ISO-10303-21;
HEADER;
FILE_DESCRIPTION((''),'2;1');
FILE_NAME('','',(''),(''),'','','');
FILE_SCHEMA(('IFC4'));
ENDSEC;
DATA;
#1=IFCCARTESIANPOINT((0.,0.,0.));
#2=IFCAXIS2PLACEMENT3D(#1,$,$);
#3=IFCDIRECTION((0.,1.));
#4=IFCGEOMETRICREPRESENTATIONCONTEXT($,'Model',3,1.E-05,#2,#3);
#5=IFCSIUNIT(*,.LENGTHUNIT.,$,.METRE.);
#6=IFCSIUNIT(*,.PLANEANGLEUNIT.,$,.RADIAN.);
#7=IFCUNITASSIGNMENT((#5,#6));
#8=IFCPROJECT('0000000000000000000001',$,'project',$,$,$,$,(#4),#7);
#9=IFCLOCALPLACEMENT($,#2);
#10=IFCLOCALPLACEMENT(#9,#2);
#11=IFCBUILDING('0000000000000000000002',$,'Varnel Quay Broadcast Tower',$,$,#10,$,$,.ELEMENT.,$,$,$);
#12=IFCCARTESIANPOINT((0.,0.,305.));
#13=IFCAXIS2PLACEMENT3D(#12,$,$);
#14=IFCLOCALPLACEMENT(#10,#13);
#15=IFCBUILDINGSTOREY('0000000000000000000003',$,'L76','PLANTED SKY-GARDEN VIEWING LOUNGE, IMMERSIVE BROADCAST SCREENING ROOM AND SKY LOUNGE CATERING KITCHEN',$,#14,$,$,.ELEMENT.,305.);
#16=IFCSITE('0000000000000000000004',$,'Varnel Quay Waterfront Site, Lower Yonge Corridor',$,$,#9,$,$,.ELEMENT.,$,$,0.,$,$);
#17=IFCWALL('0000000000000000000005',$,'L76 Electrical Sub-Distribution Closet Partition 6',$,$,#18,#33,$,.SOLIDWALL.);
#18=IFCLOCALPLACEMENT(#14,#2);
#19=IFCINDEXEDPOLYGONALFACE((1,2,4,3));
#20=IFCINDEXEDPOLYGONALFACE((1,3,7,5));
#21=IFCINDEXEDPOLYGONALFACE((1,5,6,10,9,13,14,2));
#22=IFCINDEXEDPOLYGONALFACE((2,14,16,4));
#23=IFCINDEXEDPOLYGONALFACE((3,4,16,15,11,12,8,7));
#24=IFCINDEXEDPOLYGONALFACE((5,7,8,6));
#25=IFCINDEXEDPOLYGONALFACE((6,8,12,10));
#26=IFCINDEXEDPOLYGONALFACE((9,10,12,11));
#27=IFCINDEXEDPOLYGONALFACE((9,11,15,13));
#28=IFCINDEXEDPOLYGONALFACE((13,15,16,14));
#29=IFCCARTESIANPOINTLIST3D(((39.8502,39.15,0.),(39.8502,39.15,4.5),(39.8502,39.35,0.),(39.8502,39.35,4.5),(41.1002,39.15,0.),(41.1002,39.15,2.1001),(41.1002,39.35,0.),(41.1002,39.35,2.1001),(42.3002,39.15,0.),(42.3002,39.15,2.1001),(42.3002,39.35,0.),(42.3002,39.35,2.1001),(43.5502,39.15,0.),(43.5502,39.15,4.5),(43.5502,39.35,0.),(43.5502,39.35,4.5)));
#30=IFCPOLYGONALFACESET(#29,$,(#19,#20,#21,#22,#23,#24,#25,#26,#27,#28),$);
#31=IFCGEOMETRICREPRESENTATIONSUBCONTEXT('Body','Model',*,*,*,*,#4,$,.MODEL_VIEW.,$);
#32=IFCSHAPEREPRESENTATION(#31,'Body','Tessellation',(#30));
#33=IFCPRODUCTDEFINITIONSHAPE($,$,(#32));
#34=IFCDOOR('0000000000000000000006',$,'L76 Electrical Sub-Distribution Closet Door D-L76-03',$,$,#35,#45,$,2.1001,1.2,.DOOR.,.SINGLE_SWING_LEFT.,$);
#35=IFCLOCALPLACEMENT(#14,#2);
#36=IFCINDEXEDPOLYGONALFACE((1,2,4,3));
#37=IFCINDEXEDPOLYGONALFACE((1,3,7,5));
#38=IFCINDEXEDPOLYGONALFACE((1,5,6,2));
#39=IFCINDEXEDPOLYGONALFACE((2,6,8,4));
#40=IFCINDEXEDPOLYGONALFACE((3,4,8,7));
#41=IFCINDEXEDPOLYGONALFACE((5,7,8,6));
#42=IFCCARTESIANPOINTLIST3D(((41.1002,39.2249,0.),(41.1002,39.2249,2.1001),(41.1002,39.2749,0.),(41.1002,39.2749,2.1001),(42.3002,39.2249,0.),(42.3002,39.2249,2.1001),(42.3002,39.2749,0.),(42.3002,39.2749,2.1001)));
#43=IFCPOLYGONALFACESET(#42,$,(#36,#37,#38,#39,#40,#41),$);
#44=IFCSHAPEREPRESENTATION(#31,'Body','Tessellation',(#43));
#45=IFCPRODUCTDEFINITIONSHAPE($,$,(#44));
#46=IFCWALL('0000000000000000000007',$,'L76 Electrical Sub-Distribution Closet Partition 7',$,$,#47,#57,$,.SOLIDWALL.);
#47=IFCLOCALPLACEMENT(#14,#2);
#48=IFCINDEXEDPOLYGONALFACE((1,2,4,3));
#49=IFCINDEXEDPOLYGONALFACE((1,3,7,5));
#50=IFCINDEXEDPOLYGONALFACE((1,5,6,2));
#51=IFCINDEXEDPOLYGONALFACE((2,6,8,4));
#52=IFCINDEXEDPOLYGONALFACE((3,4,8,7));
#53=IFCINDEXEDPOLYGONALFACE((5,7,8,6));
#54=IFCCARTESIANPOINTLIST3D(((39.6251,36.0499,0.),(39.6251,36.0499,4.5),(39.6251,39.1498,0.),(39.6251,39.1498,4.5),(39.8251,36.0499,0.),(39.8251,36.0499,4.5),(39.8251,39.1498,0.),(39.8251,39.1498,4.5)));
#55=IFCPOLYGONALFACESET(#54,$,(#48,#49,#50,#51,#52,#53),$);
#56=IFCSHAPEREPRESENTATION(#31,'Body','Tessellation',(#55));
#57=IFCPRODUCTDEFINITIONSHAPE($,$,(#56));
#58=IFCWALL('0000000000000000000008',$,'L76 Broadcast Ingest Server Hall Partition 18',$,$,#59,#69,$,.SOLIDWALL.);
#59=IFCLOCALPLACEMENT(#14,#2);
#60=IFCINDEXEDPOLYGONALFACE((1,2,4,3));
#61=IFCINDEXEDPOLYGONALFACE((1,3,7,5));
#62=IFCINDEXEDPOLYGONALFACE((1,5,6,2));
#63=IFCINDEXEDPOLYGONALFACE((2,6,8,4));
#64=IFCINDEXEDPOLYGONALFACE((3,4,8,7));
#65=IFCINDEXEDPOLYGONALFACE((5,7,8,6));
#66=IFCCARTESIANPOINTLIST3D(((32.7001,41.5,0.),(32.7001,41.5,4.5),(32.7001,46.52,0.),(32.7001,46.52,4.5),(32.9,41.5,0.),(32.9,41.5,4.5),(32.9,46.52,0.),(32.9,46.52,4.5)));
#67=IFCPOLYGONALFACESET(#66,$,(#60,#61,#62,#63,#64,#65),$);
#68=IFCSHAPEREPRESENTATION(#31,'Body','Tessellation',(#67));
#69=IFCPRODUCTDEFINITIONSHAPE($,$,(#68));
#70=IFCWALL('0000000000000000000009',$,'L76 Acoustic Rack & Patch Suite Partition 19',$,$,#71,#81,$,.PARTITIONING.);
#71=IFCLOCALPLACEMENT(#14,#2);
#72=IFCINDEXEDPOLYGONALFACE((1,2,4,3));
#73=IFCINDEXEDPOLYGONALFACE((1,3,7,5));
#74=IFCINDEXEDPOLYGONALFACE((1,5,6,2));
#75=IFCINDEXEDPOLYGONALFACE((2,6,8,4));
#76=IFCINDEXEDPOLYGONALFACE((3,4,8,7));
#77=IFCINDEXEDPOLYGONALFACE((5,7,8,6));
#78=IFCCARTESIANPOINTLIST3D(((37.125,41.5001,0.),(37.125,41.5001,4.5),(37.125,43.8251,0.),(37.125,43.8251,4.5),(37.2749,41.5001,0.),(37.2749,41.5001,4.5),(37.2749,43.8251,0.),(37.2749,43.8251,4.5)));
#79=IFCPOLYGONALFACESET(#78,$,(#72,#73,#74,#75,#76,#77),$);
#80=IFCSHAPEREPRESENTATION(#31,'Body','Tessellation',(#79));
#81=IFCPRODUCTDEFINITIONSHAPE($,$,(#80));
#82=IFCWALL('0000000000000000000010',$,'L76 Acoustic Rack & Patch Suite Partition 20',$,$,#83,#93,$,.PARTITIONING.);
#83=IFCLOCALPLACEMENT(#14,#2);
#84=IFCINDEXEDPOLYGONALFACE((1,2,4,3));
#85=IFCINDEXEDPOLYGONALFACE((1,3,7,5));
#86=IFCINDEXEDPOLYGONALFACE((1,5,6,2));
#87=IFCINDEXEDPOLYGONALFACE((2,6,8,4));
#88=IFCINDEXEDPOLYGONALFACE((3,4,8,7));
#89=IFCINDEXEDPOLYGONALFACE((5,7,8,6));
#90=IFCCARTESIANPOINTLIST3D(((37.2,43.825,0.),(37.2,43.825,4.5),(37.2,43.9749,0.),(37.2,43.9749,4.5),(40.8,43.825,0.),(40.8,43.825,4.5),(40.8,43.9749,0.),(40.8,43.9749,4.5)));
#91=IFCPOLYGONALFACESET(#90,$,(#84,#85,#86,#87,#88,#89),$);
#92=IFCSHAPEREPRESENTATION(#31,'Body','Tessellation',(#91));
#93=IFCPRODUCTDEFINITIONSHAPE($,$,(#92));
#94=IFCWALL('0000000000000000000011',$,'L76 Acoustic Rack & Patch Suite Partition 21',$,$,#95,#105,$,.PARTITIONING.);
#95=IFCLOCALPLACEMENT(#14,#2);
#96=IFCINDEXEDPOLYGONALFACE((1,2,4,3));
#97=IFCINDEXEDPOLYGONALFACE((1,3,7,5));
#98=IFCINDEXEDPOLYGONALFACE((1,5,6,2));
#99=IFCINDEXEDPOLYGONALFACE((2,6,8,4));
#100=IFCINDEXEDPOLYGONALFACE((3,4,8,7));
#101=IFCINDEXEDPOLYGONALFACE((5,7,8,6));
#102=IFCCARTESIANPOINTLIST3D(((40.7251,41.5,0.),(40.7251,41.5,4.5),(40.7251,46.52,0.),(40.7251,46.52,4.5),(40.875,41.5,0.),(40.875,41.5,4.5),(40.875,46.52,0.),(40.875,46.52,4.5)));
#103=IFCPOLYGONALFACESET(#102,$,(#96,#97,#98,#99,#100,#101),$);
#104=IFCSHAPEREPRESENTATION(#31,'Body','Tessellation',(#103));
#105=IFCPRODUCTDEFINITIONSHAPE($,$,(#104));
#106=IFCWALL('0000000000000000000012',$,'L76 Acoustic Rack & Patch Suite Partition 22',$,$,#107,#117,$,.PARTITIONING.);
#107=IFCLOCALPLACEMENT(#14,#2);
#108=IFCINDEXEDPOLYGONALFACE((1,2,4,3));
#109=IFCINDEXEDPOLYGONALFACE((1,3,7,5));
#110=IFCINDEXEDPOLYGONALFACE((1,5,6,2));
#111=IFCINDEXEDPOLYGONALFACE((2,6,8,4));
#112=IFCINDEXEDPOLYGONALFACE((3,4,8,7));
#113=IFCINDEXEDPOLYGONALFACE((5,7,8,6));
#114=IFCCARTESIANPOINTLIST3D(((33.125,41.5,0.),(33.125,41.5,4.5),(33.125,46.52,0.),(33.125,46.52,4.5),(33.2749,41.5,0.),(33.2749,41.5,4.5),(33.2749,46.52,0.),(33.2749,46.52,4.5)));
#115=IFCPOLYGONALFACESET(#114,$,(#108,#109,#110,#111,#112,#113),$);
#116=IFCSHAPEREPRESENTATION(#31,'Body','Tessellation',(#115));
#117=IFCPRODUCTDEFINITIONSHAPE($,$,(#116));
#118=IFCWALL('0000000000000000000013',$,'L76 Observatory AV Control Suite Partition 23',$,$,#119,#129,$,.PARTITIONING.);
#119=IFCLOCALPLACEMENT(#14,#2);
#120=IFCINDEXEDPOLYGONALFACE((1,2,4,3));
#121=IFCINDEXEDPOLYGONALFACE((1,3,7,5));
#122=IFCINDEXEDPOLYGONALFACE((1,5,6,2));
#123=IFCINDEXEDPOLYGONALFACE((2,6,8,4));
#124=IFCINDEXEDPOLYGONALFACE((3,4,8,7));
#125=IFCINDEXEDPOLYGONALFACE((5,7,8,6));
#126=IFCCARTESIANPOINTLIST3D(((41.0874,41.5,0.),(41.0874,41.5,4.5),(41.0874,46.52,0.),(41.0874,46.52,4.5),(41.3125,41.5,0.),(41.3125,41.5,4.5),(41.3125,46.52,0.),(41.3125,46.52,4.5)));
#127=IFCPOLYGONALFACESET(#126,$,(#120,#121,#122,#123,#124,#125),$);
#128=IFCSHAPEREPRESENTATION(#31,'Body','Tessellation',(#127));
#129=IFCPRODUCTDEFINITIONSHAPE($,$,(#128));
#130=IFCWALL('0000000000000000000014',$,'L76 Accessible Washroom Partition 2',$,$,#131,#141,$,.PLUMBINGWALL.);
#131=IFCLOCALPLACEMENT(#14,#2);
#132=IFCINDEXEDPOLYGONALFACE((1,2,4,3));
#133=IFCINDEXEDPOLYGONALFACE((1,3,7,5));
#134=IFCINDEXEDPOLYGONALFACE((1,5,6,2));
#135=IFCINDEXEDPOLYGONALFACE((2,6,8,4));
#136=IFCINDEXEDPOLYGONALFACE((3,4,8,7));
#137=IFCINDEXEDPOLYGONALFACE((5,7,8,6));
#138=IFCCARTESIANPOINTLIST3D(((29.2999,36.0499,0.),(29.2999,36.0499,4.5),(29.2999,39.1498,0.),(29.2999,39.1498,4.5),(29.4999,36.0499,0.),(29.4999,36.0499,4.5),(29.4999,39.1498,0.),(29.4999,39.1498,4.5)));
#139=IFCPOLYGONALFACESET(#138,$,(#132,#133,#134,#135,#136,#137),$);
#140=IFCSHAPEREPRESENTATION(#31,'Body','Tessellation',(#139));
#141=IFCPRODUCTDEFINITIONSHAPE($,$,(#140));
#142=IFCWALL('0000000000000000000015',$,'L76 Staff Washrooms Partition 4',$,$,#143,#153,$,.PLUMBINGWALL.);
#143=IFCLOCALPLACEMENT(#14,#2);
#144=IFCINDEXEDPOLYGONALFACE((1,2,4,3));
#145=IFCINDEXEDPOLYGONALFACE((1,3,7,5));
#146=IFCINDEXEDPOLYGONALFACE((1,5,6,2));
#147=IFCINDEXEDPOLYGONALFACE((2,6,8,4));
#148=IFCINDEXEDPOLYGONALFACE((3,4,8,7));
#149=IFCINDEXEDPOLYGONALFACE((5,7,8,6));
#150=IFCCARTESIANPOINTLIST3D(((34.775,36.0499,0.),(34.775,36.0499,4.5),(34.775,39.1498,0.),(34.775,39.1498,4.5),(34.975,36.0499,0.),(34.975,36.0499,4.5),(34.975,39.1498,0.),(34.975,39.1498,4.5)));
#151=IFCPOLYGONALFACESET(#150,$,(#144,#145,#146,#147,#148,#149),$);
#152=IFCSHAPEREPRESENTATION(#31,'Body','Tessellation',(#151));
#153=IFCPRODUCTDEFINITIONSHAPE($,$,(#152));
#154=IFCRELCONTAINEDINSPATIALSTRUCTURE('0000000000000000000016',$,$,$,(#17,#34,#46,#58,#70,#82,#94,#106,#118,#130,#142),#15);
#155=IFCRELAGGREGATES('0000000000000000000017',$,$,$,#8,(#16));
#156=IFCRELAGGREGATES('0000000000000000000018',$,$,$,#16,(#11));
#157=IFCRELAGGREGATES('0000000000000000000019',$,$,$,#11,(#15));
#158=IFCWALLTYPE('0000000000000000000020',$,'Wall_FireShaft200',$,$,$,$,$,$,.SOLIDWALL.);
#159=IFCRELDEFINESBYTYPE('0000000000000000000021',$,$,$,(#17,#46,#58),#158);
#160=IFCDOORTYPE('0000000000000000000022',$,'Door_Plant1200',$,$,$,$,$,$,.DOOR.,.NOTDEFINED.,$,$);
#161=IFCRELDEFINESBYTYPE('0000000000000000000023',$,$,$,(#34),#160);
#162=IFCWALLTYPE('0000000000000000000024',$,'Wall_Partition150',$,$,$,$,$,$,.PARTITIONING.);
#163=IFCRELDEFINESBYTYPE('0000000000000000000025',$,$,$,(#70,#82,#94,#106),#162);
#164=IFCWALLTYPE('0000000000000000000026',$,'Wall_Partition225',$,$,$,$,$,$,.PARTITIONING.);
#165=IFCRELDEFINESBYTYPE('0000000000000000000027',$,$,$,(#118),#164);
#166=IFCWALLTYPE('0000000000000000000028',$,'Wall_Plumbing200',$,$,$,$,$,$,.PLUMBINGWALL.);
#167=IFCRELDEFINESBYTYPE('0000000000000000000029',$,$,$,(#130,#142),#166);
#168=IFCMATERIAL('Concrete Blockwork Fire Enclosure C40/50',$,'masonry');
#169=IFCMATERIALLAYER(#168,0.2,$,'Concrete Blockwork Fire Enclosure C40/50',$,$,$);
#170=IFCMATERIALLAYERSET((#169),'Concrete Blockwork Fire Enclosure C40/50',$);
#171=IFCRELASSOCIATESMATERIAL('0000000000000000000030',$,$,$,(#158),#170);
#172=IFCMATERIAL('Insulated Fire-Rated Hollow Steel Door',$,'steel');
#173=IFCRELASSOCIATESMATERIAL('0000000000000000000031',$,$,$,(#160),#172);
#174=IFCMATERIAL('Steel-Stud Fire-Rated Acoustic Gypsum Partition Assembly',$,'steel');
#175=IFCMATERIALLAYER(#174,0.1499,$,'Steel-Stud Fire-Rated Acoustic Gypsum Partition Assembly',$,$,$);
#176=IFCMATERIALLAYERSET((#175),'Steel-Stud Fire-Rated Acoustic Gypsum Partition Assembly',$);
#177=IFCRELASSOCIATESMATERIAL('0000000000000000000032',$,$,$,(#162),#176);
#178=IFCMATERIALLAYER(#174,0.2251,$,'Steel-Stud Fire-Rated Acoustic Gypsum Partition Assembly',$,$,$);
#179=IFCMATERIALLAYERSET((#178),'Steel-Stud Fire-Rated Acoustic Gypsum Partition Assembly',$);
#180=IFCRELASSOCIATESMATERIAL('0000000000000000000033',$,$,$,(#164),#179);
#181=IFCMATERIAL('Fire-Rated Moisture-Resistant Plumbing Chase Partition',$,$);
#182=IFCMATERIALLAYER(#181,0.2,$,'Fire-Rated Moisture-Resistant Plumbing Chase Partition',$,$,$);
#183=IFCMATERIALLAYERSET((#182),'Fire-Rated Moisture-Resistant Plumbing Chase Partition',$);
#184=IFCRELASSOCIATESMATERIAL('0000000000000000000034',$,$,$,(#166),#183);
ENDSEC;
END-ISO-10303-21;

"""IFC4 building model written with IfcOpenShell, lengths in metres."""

from ifc_helpers import new_model, si_unit, direction, frame, frame_2d, origin, place, context, subcontext, project, spatial, rectangle, extrude, source, transform, mapped, material, layer, layer_set, type_object, type_shapes, element, fill, save


model = new_model("IFC4")

# Units and contexts
model_context = context("Model", 3, precision=1e-05, world=origin(), true_north=direction((0.0, 1.0)))
body_context = subcontext(model_context, "Body", "Model", "MODEL_VIEW")
ifc_project = project(units=[si_unit("LENGTHUNIT", "METRE"), si_unit("PLANEANGLEUNIT", "RADIAN")], contexts=[model_context])

# Site, building, storey
site_placement = place(None, origin())
site = spatial("IfcSite", under=ifc_project, at=site_placement, Name="Varnel Quay Waterfront Site, Lower Yonge Corridor", CompositionType="ELEMENT", RefElevation=0.0)
building_placement = place(site_placement, origin())
building = spatial("IfcBuilding", under=site, at=building_placement, Name="Varnel Quay Broadcast Tower", CompositionType="ELEMENT")
storey_placement = place(building_placement, frame((0.0, 0.0, 305.0)))
storey = spatial("IfcBuildingStorey", under=building, at=storey_placement, Name="L76", Description="PLANTED SKY-GARDEN VIEWING LOUNGE, IMMERSIVE BROADCAST SCREENING ROOM AND SKY LOUNGE CATERING KITCHEN", CompositionType="ELEMENT", Elevation=305.0)

# Wall, opening, door
ifc_material_1 = material(Name="Concrete Blockwork Fire Enclosure C40/50", Category="masonry")
ifc_layer_1 = layer(ifc_material_1, 0.2, Name="Concrete Blockwork Fire Enclosure C40/50")
ifc_layer_set_1 = layer_set([ifc_layer_1], Name="Concrete Blockwork Fire Enclosure C40/50")
wall_type_1 = type_object("IfcWallType", Name="Wall_FireShaft200", PredefinedType="SOLIDWALL", material=ifc_layer_set_1)
wall_1_placement = place(storey_placement, frame((39.8501, 39.25, 0.0), z_axis=(0.0, 0.0, 1.0), x_axis=(1.0, 0.0, 0.0)))
wall_1 = element("IfcWall", 1, at=wall_1_placement, inside=storey, type_object=wall_type_1, Name="L76 Electrical Sub-Distribution Closet Partition 6", PredefinedType="SOLIDWALL", context=body_context, shape_type="SweptSolid", body=[
    extrude(rectangle(XDim=3.7, YDim=0.2, at=frame_2d((1.8501, 0.0))), origin(), (0.0, 0.0, 1.0), 4.5),
])
opening_1_placement = place(wall_1_placement, frame((1.25, 0.0, 0.0)))
opening_1 = element("IfcOpeningElement", 2, at=opening_1_placement, cuts=wall_1, PredefinedType="OPENING", context=body_context, shape_type="SweptSolid", body=[
    extrude(rectangle(XDim=1.2, YDim=2.1001, at=frame_2d((0.6001, 1.05))), frame((0.0, 0.1099, 0.0), z_axis=(0.0, -1.0, 0.0), x_axis=(1.0, 0.0, 0.0)), (0.0, 0.0, 1.0), 0.22),
])
ifc_material_2 = material(Name="Insulated Fire-Rated Hollow Steel Door", Category="steel")
door_type_1 = type_object("IfcDoorType", Name="Door_Plant1200", OperationType="NOTDEFINED", PredefinedType="DOOR", material=ifc_material_2)
shared_shape_1 = source(origin(), body_context, "Body", "SweptSolid", [
    extrude(rectangle(XDim=1.2, YDim=2.1001, at=frame_2d((0.6001, 1.05))), frame((0.0, 0.0249, 0.0), z_axis=(0.0, -1.0, 0.0), x_axis=(1.0, 0.0, 0.0)), (0.0, 0.0, 1.0), 0.05),
])
type_shapes(door_type_1, [shared_shape_1])
door_1_placement = place(opening_1_placement, origin())
door_1 = element("IfcDoor", 3, at=door_1_placement, inside=storey, type_object=door_type_1, Name="L76 Electrical Sub-Distribution Closet Door D-L76-03", OperationType="SINGLE_SWING_LEFT", OverallHeight=2.1001, OverallWidth=1.2, PredefinedType="DOOR", context=body_context, shape_type="MappedRepresentation", body=[
    mapped(shared_shape_1, transform((0.0, 0.0, 0.0), x_axis=(1.0, 0.0, 0.0), y_axis=(0.0, 1.0, 0.0), z_axis=(0.0, 0.0, 1.0), scale=1.0)),
])
fill(opening_1, door_1)

# Walls
wall_2_placement = place(storey_placement, frame((39.7251, 36.05, 0.0), z_axis=(0.0, 0.0, 1.0), x_axis=(0.0, 1.0, 0.0)))
element("IfcWall", 4, at=wall_2_placement, inside=storey, type_object=wall_type_1, Name="L76 Electrical Sub-Distribution Closet Partition 7", PredefinedType="SOLIDWALL", context=body_context, shape_type="SweptSolid", body=[
    extrude(rectangle(XDim=3.0999, YDim=0.2, at=frame_2d((1.5498, 0.0))), origin(), (0.0, 0.0, 1.0), 4.5),
])
wall_3_placement = place(storey_placement, frame((32.8, 41.5, 0.0), z_axis=(0.0, 0.0, 1.0), x_axis=(0.0, 1.0, 0.0)))
element("IfcWall", 5, at=wall_3_placement, inside=storey, type_object=wall_type_1, Name="L76 Broadcast Ingest Server Hall Partition 18", PredefinedType="SOLIDWALL", context=body_context, shape_type="SweptSolid", body=[
    extrude(rectangle(XDim=5.02, YDim=0.2, at=frame_2d((2.51, 0.0))), origin(), (0.0, 0.0, 1.0), 4.5),
])
ifc_material_3 = material(Name="Steel-Stud Fire-Rated Acoustic Gypsum Partition Assembly", Category="steel")
ifc_layer_2 = layer(ifc_material_3, 0.1499, Name="Steel-Stud Fire-Rated Acoustic Gypsum Partition Assembly")
ifc_layer_set_2 = layer_set([ifc_layer_2], Name="Steel-Stud Fire-Rated Acoustic Gypsum Partition Assembly")
wall_type_2 = type_object("IfcWallType", Name="Wall_Partition150", PredefinedType="PARTITIONING", material=ifc_layer_set_2)
wall_4_placement = place(storey_placement, frame((37.2, 41.5, 0.0), z_axis=(0.0, 0.0, 1.0), x_axis=(0.0, 1.0, 0.0)))
element("IfcWall", 6, at=wall_4_placement, inside=storey, type_object=wall_type_2, Name="L76 Acoustic Rack & Patch Suite Partition 19", PredefinedType="PARTITIONING", context=body_context, shape_type="SweptSolid", body=[
    extrude(rectangle(XDim=2.325, YDim=0.1499, at=frame_2d((1.1626, 0.0))), origin(), (0.0, 0.0, 1.0), 4.5),
])
wall_5_placement = place(storey_placement, frame((37.2, 43.8999, 0.0), z_axis=(0.0, 0.0, 1.0), x_axis=(1.0, 0.0, 0.0)))
element("IfcWall", 7, at=wall_5_placement, inside=storey, type_object=wall_type_2, Name="L76 Acoustic Rack & Patch Suite Partition 20", PredefinedType="PARTITIONING", context=body_context, shape_type="SweptSolid", body=[
    extrude(rectangle(XDim=3.6001, YDim=0.1499, at=frame_2d((1.8, 0.0))), origin(), (0.0, 0.0, 1.0), 4.5),
])
for number, where, z_axis, x_axis, name in (
    (8, (40.8, 41.5, 0.0), (0.0, 0.0, 1.0), (0.0, 1.0, 0.0), "L76 Acoustic Rack & Patch Suite Partition 21"),
    (9, (33.2, 41.5, 0.0), (0.0, 0.0, 1.0), (0.0, 1.0, 0.0), "L76 Acoustic Rack & Patch Suite Partition 22"),
):
    element("IfcWall", number, at=place(storey_placement, frame(where, z_axis=z_axis, x_axis=x_axis)), inside=storey, type_object=wall_type_2, Name=name, PredefinedType="PARTITIONING", context=body_context, shape_type="SweptSolid", body=[
        extrude(rectangle(XDim=5.02, YDim=0.1499, at=frame_2d((2.51, 0.0))), origin(), (0.0, 0.0, 1.0), 4.5),
    ])
ifc_layer_3 = layer(ifc_material_3, 0.2251, Name="Steel-Stud Fire-Rated Acoustic Gypsum Partition Assembly")
ifc_layer_set_3 = layer_set([ifc_layer_3], Name="Steel-Stud Fire-Rated Acoustic Gypsum Partition Assembly")
wall_type_3 = type_object("IfcWallType", Name="Wall_Partition225", PredefinedType="PARTITIONING", material=ifc_layer_set_3)
wall_6_placement = place(storey_placement, frame((41.2, 41.5, 0.0), z_axis=(0.0, 0.0, 1.0), x_axis=(0.0, 1.0, 0.0)))
element("IfcWall", 10, at=wall_6_placement, inside=storey, type_object=wall_type_3, Name="L76 Observatory AV Control Suite Partition 23", PredefinedType="PARTITIONING", context=body_context, shape_type="SweptSolid", body=[
    extrude(rectangle(XDim=5.02, YDim=0.2251, at=frame_2d((2.51, 0.0))), origin(), (0.0, 0.0, 1.0), 4.5),
])
ifc_material_4 = material(Name="Fire-Rated Moisture-Resistant Plumbing Chase Partition")
ifc_layer_4 = layer(ifc_material_4, 0.2, Name="Fire-Rated Moisture-Resistant Plumbing Chase Partition")
ifc_layer_set_4 = layer_set([ifc_layer_4], Name="Fire-Rated Moisture-Resistant Plumbing Chase Partition")
wall_type_4 = type_object("IfcWallType", Name="Wall_Plumbing200", PredefinedType="PLUMBINGWALL", material=ifc_layer_set_4)
for number, where, z_axis, x_axis, name in (
    (11, (29.3999, 36.05, 0.0), (0.0, 0.0, 1.0), (0.0, 1.0, 0.0), "L76 Accessible Washroom Partition 2"),
    (12, (34.875, 36.05, 0.0), (0.0, 0.0, 1.0), (0.0, 1.0, 0.0), "L76 Staff Washrooms Partition 4"),
):
    element("IfcWall", number, at=place(storey_placement, frame(where, z_axis=z_axis, x_axis=x_axis)), inside=storey, type_object=wall_type_4, Name=name, PredefinedType="PLUMBINGWALL", context=body_context, shape_type="SweptSolid", body=[
        extrude(rectangle(XDim=3.0999, YDim=0.2, at=frame_2d((1.5498, 0.0))), origin(), (0.0, 0.0, 1.0), 4.5),
    ])

save(model, "model.ifc")
